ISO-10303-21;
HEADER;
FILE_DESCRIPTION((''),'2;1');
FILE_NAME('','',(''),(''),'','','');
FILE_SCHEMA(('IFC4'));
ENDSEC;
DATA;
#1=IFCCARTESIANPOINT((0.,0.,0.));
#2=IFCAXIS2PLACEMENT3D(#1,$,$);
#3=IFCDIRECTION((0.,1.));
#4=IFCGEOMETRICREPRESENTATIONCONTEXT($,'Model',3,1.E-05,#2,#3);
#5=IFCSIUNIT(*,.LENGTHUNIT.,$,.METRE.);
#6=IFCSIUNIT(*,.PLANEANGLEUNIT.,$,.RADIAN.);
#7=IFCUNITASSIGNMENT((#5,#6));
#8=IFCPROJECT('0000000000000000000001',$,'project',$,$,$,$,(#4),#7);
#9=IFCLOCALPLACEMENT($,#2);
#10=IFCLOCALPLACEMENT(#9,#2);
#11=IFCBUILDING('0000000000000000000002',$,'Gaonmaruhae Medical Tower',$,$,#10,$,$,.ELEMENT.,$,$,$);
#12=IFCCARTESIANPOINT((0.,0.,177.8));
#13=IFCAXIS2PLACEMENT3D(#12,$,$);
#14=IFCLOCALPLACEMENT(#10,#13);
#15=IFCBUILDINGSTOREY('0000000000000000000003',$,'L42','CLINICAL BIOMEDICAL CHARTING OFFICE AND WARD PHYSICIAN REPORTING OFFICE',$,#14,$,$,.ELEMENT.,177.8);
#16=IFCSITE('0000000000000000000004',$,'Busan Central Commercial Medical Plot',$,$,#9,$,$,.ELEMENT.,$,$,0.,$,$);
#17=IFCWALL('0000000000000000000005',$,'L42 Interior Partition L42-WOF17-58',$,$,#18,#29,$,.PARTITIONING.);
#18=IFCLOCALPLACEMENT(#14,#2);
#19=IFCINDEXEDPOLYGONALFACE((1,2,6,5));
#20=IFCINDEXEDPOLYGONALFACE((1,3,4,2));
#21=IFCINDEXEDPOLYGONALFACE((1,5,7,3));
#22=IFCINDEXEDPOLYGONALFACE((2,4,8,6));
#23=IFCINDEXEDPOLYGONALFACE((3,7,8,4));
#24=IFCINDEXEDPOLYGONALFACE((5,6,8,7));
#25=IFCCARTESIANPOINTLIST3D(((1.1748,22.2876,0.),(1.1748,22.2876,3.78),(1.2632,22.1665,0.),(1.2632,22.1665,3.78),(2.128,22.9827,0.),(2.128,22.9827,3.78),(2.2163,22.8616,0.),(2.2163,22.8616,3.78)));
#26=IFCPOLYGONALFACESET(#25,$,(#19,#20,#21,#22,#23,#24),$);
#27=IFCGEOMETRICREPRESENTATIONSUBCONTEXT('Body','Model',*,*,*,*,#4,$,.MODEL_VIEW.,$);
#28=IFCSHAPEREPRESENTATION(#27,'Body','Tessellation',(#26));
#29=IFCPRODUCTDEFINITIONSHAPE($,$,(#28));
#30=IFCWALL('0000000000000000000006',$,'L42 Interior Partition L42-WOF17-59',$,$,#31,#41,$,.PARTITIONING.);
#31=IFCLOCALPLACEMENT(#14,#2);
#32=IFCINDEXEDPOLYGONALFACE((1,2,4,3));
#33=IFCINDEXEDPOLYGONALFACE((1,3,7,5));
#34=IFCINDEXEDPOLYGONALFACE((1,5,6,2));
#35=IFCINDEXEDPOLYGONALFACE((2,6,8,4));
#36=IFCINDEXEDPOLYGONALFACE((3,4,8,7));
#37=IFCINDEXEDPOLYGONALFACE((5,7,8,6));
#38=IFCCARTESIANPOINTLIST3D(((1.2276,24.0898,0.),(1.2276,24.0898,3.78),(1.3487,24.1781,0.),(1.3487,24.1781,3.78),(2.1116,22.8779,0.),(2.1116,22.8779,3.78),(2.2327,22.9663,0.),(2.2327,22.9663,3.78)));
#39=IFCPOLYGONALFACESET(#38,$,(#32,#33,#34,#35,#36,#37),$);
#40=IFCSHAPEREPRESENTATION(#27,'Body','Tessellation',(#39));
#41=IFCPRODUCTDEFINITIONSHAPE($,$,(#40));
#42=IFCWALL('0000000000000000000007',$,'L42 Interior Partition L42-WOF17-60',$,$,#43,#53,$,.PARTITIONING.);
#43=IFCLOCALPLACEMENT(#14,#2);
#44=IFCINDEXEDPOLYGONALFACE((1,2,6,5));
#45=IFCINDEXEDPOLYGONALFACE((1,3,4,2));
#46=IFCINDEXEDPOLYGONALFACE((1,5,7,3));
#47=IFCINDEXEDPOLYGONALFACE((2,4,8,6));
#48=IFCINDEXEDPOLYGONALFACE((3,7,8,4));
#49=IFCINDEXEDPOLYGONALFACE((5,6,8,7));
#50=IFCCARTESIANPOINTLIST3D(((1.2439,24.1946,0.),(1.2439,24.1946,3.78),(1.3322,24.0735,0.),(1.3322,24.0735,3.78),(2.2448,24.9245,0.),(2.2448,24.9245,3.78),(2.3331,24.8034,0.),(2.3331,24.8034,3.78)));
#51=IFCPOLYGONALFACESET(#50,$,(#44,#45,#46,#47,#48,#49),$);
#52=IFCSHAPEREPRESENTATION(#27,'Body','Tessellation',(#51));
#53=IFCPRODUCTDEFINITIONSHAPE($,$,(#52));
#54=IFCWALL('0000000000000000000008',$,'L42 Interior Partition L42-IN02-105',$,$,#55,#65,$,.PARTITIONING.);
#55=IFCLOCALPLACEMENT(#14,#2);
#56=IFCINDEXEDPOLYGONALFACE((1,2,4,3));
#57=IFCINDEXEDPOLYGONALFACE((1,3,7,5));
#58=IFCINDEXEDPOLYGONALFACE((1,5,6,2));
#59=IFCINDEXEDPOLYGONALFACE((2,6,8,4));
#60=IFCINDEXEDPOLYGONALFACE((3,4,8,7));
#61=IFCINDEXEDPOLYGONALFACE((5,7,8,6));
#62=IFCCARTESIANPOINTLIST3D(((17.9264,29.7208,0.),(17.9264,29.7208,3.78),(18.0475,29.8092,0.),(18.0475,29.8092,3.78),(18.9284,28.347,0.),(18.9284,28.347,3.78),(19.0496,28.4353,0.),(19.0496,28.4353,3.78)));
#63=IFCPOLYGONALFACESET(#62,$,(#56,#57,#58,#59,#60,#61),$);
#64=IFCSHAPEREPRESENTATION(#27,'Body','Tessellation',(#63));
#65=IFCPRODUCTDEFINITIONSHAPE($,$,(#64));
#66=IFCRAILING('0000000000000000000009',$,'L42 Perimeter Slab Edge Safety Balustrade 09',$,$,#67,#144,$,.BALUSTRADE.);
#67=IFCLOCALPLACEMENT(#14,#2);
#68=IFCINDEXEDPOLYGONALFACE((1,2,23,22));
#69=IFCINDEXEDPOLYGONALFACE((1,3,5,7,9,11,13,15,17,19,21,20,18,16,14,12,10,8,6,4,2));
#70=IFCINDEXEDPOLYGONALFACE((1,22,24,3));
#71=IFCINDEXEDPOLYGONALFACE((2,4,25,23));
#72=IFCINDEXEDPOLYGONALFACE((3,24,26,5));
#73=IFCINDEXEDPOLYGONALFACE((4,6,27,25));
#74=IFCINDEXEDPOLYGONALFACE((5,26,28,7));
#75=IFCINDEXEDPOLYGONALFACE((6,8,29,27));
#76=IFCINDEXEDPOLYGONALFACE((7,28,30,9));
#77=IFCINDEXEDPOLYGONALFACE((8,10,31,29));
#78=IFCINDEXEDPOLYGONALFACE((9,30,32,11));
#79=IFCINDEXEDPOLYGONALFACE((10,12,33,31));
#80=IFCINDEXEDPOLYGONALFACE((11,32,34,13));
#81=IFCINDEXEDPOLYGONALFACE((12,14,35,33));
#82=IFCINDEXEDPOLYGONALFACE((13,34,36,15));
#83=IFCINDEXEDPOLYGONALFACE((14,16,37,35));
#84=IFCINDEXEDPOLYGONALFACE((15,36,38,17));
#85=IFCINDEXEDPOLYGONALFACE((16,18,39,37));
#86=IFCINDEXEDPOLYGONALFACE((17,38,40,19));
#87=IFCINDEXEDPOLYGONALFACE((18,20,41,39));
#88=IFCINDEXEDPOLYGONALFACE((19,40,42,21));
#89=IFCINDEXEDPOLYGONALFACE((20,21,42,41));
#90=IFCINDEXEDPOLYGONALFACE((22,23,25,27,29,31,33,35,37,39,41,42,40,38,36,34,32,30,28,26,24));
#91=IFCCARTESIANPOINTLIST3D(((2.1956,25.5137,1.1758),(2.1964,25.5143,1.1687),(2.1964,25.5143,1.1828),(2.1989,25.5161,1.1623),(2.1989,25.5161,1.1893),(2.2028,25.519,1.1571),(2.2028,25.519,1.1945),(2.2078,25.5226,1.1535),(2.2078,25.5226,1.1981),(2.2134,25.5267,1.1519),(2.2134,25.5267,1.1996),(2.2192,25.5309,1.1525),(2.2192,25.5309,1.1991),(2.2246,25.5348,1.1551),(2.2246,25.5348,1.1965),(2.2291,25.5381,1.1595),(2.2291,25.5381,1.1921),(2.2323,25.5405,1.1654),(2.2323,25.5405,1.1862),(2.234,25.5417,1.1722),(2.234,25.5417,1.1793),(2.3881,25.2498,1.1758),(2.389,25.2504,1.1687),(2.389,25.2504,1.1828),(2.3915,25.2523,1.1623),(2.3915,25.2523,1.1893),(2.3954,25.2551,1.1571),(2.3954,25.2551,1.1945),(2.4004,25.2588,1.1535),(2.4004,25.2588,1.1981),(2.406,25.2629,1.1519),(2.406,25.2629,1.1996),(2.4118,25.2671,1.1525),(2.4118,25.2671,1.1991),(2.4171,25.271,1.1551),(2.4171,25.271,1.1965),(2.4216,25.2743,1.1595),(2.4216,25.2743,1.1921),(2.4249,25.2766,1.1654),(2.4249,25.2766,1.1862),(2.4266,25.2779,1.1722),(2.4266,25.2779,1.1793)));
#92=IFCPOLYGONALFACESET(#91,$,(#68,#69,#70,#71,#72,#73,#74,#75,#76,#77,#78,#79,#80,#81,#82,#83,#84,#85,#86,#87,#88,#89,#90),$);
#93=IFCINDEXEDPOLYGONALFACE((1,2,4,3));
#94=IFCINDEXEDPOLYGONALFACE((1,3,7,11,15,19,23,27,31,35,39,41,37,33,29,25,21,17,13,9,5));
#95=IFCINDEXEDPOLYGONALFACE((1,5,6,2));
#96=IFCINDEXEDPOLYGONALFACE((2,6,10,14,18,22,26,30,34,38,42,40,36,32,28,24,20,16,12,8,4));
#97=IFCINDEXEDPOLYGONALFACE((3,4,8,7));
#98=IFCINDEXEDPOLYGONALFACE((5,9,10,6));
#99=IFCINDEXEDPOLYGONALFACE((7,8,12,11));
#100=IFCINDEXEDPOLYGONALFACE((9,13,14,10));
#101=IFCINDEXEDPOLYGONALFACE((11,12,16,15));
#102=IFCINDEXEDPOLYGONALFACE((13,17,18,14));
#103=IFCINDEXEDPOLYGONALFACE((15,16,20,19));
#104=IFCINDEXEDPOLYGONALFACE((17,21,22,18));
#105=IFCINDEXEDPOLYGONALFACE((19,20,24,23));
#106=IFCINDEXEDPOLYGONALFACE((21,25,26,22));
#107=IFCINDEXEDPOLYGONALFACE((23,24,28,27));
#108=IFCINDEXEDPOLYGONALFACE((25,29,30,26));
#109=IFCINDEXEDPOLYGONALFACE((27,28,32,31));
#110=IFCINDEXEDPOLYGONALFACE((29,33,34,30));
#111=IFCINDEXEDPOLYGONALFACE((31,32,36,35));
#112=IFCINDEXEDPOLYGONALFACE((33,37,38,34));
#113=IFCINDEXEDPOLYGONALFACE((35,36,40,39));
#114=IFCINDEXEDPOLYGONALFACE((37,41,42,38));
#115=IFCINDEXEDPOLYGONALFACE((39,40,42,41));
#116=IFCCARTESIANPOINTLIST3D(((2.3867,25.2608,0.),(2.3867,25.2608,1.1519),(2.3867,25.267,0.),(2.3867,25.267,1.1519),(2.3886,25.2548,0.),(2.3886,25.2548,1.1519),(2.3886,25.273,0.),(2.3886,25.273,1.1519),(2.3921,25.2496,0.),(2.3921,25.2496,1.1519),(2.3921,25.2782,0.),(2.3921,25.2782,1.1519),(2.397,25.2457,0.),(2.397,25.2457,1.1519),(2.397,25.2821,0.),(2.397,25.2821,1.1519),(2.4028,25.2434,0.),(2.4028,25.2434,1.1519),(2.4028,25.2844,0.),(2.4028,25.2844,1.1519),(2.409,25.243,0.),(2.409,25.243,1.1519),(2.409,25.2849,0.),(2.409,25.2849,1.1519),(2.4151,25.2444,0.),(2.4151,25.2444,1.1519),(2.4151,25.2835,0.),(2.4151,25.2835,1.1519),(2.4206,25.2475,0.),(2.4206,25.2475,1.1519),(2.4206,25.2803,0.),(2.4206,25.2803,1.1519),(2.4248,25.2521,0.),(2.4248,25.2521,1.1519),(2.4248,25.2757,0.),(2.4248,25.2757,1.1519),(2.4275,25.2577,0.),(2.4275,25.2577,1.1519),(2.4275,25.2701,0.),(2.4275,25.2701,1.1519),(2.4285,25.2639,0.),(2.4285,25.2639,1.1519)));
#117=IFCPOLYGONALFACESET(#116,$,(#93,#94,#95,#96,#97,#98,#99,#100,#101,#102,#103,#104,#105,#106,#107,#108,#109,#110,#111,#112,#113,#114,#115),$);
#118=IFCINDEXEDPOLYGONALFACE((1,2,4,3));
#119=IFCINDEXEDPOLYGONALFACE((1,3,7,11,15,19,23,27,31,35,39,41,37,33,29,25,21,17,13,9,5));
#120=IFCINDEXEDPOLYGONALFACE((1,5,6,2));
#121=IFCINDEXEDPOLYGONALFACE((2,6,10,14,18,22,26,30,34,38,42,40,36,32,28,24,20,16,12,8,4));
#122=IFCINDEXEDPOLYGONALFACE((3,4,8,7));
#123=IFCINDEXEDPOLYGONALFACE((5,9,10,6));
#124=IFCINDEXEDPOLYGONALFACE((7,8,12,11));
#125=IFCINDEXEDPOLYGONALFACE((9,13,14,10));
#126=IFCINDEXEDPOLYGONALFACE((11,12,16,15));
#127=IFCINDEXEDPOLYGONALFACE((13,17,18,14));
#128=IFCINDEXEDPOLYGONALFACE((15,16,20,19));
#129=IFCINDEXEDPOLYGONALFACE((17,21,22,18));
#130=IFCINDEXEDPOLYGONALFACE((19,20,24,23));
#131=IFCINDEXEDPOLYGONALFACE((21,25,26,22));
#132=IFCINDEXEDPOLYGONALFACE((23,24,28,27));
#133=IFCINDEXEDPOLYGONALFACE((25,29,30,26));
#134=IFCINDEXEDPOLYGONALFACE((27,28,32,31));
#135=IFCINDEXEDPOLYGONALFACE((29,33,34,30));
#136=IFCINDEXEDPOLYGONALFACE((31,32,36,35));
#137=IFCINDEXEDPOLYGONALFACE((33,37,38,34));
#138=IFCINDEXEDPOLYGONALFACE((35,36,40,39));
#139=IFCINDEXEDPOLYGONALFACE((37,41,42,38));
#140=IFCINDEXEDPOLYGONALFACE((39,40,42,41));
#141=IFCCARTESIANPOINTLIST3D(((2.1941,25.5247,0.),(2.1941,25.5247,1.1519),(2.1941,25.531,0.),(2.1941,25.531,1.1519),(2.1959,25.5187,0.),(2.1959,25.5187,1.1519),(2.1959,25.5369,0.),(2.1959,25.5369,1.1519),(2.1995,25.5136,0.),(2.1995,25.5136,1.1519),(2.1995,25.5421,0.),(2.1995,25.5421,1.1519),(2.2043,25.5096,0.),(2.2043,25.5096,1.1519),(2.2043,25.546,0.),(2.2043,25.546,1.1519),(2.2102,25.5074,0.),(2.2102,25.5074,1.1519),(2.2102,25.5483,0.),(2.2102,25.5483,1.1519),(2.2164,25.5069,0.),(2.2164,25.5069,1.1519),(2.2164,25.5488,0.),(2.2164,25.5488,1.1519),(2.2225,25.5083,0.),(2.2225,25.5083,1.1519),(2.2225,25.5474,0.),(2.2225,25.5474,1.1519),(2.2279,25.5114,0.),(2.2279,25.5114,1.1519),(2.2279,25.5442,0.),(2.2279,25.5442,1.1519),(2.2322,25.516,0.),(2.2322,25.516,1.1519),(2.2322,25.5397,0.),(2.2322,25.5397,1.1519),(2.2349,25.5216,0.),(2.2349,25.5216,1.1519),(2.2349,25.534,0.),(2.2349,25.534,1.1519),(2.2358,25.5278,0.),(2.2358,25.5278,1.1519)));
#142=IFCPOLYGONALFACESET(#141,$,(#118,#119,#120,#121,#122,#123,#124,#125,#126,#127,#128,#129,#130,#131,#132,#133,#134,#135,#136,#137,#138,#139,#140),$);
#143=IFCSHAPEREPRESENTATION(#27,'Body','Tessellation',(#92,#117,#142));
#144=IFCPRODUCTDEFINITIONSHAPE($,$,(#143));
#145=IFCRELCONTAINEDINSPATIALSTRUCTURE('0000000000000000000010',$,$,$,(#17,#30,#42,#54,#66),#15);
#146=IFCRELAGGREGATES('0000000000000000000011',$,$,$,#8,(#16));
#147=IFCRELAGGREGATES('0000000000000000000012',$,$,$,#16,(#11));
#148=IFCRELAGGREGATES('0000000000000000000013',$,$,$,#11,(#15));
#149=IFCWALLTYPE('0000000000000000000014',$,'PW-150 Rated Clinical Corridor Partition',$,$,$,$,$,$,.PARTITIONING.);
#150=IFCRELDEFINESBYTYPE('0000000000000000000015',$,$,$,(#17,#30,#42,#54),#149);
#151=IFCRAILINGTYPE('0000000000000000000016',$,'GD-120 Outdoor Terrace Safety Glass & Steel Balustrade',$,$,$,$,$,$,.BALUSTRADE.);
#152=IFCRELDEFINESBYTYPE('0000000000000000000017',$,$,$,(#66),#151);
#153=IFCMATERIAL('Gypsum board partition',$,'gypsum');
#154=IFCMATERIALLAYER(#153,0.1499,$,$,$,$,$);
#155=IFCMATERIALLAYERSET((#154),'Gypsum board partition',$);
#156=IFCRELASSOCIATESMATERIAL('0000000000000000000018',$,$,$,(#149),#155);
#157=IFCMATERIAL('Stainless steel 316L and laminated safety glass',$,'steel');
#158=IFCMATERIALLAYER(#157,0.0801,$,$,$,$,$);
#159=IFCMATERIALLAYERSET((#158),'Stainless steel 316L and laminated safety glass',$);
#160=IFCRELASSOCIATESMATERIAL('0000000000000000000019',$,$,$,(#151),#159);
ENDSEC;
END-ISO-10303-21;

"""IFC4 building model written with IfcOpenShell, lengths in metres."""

from ifc_helpers import new_model, si_unit, direction, frame, frame_2d, origin, origin_2d, place, context, subcontext, project, spatial, rectangle, circle, extrude, material, layer, layer_set, type_object, element, save


model = new_model("IFC4")

# Units and contexts
model_context = context("Model", 3, precision=1e-05, world=origin(), true_north=direction((0.0, 1.0)))
body_context = subcontext(model_context, "Body", "Model", "MODEL_VIEW")
ifc_project = project(units=[si_unit("LENGTHUNIT", "METRE"), si_unit("PLANEANGLEUNIT", "RADIAN")], contexts=[model_context])

# Site, building, storey
site_placement = place(None, origin())
site = spatial("IfcSite", under=ifc_project, at=site_placement, Name="Busan Central Commercial Medical Plot", CompositionType="ELEMENT", RefElevation=0.0)
building_placement = place(site_placement, origin())
building = spatial("IfcBuilding", under=site, at=building_placement, Name="Gaonmaruhae Medical Tower", CompositionType="ELEMENT")
storey_placement = place(building_placement, frame((0.0, 0.0, 177.8)))
storey = spatial("IfcBuildingStorey", under=building, at=storey_placement, Name="L42", Description="CLINICAL BIOMEDICAL CHARTING OFFICE AND WARD PHYSICIAN REPORTING OFFICE", CompositionType="ELEMENT", Elevation=177.8)

# Shared definitions
ifc_material_1 = material(Name="Gypsum board partition", Category="gypsum")
ifc_layer_1 = layer(ifc_material_1, 0.1499)
ifc_layer_set_1 = layer_set([ifc_layer_1], Name="Gypsum board partition")
wall_type_1 = type_object("IfcWallType", Name="PW-150 Rated Clinical Corridor Partition", PredefinedType="PARTITIONING", material=ifc_layer_set_1)

# Walls
wall_1_placement = place(storey_placement, frame((1.219, 22.2271, 0.0), z_axis=(0.0, 0.0, 1.0), x_axis=(0.807975, 0.589217, 0.0)))
element("IfcWall", 1, at=wall_1_placement, inside=storey, type_object=wall_type_1, Name="L42 Interior Partition L42-WOF17-58", PredefinedType="PARTITIONING", context=body_context, shape_type="SweptSolid", body=[
    extrude(rectangle(XDim=1.1797, YDim=0.1499, at=frame_2d((0.5898, 0.0))), origin(), (0.0, 0.0, 1.0), 3.78),
])
wall_2_placement = place(storey_placement, frame((2.1721, 22.9221, 0.0), z_axis=(0.0, 0.0, 1.0), x_axis=(-0.589323, 0.807898, 0.0)))
element("IfcWall", 2, at=wall_2_placement, inside=storey, type_object=wall_type_1, Name="L42 Interior Partition L42-WOF17-59", PredefinedType="PARTITIONING", context=body_context, shape_type="SweptSolid", body=[
    extrude(rectangle(XDim=1.5, YDim=0.1499, at=frame_2d((0.75, 0.0))), origin(), (0.0, 0.0, 1.0), 3.78),
])
wall_3_placement = place(storey_placement, frame((1.2881, 24.134, 0.0), z_axis=(0.0, 0.0, 1.0), x_axis=(0.807968, 0.589226, 0.0)))
element("IfcWall", 3, at=wall_3_placement, inside=storey, type_object=wall_type_1, Name="L42 Interior Partition L42-WOF17-60", PredefinedType="PARTITIONING", context=body_context, shape_type="SweptSolid", body=[
    extrude(rectangle(XDim=1.2388, YDim=0.1499, at=frame_2d((0.6194, 0.0))), origin(), (0.0, 0.0, 1.0), 3.78),
])
wall_4_placement = place(storey_placement, frame((17.9871, 29.7649, 0.0), z_axis=(0.0, 0.0, 1.0), x_axis=(0.589264, -0.807941, 0.0)))
element("IfcWall", 4, at=wall_4_placement, inside=storey, type_object=wall_type_1, Name="L42 Interior Partition L42-IN02-105", PredefinedType="PARTITIONING", context=body_context, shape_type="SweptSolid", body=[
    extrude(rectangle(XDim=1.7004, YDim=0.1499, at=frame_2d((0.8501, 0.0))), origin(), (0.0, 0.0, 1.0), 3.78),
])

# Railing
ifc_material_2 = material(Name="Stainless steel 316L and laminated safety glass", Category="steel")
ifc_layer_2 = layer(ifc_material_2, 0.0801)
ifc_layer_set_2 = layer_set([ifc_layer_2], Name="Stainless steel 316L and laminated safety glass")
railing_type = type_object("IfcRailingType", Name="GD-120 Outdoor Terrace Safety Glass & Steel Balustrade", PredefinedType="BALUSTRADE", material=ifc_layer_set_2)
railing_1_placement = place(storey_placement, frame((2.4075, 25.2639, 0.0)))
element("IfcRailing", 5, at=railing_1_placement, inside=storey, type_object=railing_type, Name="L42 Perimeter Slab Edge Safety Balustrade 09", PredefinedType="BALUSTRADE", context=body_context, shape_type="SweptSolid", body=[
    extrude(circle(Radius=0.0239, at=origin_2d()), frame((0.0, 0.0, 1.1758), z_axis=(-0.589548, 0.807733, 0.0), x_axis=(-0.807733, -0.589548, 0.0)), (0.0, 0.0, 1.0), 0.3267),
    extrude(circle(Radius=0.021, at=origin_2d()), origin(), (0.0, 0.0, 1.0), 1.1519),
    extrude(circle(Radius=0.021, at=origin_2d()), frame((-0.1926, 0.2639, 0.0)), (0.0, 0.0, 1.0), 1.1519),
])

save(model, "model.ifc")
